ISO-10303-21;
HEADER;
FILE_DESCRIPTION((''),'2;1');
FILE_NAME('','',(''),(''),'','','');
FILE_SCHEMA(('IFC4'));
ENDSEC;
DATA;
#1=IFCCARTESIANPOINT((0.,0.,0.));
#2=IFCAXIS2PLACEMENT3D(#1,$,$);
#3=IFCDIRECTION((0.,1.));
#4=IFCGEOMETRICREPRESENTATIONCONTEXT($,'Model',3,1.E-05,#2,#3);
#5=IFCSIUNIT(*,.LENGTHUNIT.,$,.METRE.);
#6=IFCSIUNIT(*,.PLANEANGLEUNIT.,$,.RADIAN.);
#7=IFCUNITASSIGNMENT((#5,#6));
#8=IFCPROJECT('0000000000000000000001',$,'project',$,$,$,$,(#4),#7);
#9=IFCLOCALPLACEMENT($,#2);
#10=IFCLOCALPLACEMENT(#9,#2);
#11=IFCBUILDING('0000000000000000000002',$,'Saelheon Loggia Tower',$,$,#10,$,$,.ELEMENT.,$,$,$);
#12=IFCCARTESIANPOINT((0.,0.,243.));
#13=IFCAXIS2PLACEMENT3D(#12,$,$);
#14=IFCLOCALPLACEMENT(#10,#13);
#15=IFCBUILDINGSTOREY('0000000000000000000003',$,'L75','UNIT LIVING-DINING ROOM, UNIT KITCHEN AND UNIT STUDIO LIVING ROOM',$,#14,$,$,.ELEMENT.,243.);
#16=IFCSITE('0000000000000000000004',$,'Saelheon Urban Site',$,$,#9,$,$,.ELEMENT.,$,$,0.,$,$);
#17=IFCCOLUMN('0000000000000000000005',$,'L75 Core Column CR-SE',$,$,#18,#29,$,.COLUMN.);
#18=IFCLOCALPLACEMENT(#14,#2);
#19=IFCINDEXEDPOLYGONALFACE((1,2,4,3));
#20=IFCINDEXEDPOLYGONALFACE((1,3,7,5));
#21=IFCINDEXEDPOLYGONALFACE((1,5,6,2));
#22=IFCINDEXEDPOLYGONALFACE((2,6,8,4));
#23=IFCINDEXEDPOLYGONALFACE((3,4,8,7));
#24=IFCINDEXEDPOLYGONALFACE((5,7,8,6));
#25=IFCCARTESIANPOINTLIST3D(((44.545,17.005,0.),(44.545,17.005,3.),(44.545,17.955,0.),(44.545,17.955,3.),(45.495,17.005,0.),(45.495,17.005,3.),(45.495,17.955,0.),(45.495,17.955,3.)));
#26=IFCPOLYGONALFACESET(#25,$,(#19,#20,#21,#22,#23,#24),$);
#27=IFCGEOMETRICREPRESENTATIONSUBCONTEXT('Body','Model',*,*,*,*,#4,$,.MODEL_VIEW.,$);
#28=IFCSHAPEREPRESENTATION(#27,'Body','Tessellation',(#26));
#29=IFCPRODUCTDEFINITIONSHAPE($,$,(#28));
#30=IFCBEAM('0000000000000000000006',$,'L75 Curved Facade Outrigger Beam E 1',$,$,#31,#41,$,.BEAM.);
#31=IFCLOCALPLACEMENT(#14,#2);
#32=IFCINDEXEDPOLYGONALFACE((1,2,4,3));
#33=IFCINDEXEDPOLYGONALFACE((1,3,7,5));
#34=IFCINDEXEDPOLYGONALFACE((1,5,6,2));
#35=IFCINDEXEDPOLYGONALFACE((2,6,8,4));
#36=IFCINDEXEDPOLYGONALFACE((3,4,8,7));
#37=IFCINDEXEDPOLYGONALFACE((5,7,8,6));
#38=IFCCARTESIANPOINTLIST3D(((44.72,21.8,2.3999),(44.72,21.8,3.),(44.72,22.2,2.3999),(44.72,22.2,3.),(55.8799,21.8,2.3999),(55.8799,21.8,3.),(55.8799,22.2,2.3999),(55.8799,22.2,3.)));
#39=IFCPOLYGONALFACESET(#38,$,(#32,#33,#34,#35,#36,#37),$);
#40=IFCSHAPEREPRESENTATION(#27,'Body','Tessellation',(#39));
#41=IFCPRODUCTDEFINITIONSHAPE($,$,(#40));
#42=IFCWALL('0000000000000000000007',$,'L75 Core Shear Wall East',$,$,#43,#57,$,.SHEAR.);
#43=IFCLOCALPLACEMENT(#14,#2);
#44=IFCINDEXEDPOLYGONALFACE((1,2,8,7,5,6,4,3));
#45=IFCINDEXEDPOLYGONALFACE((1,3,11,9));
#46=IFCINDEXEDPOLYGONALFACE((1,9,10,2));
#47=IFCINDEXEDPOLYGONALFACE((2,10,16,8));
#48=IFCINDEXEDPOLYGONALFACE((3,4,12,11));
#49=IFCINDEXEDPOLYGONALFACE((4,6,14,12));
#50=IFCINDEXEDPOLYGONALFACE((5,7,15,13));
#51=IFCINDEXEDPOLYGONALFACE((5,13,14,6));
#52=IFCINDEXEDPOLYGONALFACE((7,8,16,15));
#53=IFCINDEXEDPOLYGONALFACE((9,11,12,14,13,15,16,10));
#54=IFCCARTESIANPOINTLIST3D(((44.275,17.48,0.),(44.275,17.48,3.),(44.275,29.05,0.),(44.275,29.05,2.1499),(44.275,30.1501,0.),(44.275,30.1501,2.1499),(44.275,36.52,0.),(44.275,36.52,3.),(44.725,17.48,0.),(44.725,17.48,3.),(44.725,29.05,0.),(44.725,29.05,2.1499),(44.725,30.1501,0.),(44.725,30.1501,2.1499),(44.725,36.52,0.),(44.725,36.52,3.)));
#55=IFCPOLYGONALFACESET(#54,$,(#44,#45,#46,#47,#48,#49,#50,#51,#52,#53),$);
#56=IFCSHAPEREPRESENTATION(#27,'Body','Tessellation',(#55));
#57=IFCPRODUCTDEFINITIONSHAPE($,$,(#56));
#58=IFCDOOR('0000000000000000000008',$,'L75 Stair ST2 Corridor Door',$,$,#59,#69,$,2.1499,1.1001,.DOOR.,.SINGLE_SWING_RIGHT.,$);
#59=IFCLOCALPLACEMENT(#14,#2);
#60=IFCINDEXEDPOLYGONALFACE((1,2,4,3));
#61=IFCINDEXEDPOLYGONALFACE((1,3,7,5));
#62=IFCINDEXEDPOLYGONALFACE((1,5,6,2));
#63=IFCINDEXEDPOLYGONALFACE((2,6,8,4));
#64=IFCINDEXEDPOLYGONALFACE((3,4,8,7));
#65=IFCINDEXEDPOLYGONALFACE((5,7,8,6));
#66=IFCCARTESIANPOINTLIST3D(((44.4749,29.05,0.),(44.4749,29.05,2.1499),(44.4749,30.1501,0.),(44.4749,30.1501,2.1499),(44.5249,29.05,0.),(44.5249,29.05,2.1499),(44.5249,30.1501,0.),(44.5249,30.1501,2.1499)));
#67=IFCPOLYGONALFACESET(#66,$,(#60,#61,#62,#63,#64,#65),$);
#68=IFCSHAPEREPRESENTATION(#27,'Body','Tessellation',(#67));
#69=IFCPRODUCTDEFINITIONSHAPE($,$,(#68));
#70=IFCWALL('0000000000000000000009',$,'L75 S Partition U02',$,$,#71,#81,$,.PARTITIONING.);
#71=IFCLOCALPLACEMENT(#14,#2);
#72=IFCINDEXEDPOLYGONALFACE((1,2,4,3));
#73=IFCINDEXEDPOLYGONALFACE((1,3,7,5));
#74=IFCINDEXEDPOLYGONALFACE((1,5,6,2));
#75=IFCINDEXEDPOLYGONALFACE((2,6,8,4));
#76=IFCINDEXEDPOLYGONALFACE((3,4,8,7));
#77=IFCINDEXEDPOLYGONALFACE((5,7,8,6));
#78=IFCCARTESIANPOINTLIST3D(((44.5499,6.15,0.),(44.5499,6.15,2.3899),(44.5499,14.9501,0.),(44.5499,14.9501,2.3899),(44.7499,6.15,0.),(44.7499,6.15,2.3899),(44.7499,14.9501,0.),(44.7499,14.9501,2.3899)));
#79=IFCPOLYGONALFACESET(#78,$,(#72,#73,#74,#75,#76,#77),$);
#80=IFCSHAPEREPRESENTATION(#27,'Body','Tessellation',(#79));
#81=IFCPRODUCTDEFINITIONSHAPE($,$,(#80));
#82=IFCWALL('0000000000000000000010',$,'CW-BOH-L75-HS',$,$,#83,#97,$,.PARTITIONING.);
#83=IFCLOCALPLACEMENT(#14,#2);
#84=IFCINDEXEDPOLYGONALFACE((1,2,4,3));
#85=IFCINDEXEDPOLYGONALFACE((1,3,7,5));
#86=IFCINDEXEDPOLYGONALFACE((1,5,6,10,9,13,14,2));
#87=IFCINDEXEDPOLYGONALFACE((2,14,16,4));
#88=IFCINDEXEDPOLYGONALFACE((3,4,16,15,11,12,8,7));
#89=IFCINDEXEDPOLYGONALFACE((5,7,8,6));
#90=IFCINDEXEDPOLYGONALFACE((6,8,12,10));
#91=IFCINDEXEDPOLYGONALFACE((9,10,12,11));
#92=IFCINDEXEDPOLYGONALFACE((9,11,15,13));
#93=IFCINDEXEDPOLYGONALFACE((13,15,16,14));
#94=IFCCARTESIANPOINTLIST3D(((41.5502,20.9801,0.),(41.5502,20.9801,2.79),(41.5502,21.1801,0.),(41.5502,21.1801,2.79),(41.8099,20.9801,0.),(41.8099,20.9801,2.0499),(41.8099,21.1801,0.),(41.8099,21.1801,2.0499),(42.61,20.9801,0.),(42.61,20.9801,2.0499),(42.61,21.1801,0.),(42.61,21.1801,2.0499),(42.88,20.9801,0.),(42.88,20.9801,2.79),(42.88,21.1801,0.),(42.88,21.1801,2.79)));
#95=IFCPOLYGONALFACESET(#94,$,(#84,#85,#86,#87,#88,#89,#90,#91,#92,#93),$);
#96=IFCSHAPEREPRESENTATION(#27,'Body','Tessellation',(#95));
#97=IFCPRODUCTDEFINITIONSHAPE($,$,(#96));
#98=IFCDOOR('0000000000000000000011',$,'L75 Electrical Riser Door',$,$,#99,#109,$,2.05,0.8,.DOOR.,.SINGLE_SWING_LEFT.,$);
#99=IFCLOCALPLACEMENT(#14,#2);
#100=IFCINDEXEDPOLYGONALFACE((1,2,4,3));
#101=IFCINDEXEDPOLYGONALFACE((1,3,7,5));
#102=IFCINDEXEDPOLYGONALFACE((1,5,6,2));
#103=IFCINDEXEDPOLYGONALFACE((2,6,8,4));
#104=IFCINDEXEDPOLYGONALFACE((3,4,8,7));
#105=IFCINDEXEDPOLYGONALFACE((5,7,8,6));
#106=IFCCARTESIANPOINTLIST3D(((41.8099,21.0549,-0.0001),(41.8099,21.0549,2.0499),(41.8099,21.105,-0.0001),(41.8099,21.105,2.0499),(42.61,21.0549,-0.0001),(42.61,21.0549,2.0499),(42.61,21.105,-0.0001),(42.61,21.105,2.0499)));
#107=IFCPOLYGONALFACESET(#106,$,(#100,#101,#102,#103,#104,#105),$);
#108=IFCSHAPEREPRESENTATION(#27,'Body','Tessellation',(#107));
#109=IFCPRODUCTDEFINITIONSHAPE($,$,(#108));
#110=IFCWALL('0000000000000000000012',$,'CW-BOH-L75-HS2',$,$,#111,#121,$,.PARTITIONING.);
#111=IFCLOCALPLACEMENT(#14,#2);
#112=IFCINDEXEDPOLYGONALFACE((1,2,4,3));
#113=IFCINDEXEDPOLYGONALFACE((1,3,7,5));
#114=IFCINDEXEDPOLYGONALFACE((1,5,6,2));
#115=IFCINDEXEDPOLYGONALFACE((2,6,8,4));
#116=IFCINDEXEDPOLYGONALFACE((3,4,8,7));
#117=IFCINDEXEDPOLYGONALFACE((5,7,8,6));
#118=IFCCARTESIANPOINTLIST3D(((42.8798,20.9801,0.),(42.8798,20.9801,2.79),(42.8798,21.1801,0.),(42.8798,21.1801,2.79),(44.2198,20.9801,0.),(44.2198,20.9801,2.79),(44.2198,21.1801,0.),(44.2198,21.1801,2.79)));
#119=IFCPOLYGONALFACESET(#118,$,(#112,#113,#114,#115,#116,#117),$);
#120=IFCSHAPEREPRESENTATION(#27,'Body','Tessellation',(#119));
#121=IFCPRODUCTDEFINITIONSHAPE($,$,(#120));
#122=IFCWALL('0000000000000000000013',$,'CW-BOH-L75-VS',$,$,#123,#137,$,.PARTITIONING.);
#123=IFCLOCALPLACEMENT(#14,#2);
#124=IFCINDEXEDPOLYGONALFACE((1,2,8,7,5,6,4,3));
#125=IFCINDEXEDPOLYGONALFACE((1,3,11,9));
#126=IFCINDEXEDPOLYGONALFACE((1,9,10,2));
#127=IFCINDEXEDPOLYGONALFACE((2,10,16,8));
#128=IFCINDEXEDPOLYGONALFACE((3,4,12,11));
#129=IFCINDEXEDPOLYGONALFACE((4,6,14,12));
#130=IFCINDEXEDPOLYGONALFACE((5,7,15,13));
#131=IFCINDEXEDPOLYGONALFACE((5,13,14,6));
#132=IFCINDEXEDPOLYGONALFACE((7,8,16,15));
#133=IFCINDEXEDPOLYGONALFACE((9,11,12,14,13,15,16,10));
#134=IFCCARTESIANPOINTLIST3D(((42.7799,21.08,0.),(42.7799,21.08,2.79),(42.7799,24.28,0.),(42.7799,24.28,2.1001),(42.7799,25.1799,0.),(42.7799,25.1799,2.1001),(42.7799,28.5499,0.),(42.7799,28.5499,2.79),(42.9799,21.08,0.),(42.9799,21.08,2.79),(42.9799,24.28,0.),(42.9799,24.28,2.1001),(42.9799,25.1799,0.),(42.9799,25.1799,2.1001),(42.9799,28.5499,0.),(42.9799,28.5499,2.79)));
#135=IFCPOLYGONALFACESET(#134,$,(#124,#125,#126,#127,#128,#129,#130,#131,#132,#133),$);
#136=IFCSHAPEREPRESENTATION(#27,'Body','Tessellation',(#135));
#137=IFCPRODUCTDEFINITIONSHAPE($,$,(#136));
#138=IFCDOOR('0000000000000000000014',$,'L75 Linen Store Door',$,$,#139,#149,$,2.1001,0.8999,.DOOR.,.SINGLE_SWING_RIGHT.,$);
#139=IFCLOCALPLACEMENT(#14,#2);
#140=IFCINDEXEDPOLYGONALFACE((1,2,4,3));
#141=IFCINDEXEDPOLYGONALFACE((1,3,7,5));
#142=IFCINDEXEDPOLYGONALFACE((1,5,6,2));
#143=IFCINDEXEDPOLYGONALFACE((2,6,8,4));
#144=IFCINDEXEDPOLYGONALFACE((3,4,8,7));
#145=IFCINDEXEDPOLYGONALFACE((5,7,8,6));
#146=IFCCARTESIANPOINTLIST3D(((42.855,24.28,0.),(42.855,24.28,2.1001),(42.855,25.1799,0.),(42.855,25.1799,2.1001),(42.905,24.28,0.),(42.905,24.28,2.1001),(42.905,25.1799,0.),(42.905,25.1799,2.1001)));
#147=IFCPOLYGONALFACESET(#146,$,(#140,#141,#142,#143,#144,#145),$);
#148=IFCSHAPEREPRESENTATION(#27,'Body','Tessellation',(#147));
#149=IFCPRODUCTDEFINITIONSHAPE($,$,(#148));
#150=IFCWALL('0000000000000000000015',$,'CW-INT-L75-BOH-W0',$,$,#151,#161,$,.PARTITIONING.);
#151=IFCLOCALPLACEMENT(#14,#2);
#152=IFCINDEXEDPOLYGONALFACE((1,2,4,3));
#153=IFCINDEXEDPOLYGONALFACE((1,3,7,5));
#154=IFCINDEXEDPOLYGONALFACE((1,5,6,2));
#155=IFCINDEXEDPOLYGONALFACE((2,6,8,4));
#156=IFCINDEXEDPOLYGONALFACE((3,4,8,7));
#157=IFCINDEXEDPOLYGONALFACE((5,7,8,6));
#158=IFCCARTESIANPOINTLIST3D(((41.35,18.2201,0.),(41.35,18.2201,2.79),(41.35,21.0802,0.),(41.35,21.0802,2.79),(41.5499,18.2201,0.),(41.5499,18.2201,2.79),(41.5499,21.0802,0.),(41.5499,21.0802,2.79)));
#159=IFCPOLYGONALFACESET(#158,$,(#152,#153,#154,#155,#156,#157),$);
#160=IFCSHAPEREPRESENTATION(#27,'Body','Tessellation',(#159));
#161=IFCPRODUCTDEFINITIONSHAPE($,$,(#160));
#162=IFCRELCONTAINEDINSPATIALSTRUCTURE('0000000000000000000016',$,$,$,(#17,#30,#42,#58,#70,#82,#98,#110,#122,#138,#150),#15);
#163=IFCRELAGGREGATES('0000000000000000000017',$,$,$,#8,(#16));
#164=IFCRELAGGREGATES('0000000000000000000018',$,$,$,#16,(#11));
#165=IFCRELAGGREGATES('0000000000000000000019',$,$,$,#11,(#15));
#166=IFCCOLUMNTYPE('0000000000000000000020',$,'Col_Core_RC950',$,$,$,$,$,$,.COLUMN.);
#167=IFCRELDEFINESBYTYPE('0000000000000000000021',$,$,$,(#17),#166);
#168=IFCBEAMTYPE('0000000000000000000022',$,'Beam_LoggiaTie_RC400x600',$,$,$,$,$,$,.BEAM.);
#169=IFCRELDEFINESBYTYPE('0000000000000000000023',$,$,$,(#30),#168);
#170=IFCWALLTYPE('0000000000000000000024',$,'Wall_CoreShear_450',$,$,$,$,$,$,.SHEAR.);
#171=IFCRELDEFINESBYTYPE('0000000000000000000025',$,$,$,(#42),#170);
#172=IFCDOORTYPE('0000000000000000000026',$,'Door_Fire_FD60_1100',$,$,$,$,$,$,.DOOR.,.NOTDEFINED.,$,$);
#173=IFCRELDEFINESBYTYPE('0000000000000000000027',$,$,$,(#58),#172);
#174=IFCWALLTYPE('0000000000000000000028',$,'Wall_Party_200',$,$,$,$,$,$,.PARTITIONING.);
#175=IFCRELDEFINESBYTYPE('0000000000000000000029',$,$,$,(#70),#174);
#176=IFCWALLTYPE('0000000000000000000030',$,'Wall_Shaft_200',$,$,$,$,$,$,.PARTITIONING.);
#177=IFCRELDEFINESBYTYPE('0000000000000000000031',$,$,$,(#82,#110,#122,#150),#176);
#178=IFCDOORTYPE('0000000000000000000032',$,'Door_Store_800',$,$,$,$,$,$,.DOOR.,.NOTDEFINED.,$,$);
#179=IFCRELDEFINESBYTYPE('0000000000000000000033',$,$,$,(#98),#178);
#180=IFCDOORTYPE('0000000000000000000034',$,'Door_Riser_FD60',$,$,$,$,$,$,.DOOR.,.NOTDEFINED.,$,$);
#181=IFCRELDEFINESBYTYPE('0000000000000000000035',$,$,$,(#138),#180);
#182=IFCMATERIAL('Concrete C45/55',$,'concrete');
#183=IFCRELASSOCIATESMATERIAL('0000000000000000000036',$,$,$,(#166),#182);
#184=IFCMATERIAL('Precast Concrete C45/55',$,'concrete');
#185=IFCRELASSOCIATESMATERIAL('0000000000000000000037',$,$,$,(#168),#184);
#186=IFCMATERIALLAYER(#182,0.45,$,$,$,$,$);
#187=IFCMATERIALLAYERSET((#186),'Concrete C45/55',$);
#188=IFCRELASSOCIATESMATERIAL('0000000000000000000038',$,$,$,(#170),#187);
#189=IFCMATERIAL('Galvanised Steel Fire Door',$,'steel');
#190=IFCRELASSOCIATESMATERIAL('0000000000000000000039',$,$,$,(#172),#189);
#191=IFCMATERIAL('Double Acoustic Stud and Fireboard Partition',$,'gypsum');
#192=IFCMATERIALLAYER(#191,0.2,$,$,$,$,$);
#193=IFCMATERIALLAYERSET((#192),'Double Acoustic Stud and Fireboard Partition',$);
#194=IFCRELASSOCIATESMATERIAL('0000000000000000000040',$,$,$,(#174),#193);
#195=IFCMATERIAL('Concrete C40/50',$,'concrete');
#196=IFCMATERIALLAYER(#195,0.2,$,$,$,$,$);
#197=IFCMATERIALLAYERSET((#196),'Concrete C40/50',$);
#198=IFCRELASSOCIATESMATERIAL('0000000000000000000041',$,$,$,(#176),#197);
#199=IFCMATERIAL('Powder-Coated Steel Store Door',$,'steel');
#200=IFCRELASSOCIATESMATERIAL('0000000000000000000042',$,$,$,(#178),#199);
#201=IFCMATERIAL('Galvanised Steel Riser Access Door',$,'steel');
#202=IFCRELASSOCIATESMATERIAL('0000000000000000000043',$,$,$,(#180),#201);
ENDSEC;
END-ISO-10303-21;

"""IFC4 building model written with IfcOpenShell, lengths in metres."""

from ifc_helpers import new_model, si_unit, direction, frame, frame_2d, origin, origin_2d, place, context, subcontext, project, spatial, rectangle, extrude, source, transform, mapped, material, layer, layer_set, material_profile, profile_set, type_object, element, fill, save


model = new_model("IFC4")

# Units and contexts
model_context = context("Model", 3, precision=1e-05, world=origin(), true_north=direction((0.0, 1.0)))
body_context = subcontext(model_context, "Body", "Model", "MODEL_VIEW")
ifc_project = project(units=[si_unit("LENGTHUNIT", "METRE"), si_unit("PLANEANGLEUNIT", "RADIAN")], contexts=[model_context])

# Site, building, storey
site_placement = place(None, origin())
site = spatial("IfcSite", under=ifc_project, at=site_placement, Name="Saelheon Urban Site", CompositionType="ELEMENT", RefElevation=0.0)
building_placement = place(site_placement, origin())
building = spatial("IfcBuilding", under=site, at=building_placement, Name="Saelheon Loggia Tower", CompositionType="ELEMENT")
storey_placement = place(building_placement, frame((0.0, 0.0, 243.0)))
storey = spatial("IfcBuildingStorey", under=building, at=storey_placement, Name="L75", Description="UNIT LIVING-DINING ROOM, UNIT KITCHEN AND UNIT STUDIO LIVING ROOM", CompositionType="ELEMENT", Elevation=243.0)

# Column
ifc_material_1 = material(Name="Concrete C45/55", Category="concrete")
ifc_material_profile_1 = material_profile(ifc_material_1, rectangle(XDim=0.95, YDim=0.95, at=origin_2d()), Name="RC-950x950")
ifc_profile_set_1 = profile_set([ifc_material_profile_1], Name="Concrete C45/55")
column_type = type_object("IfcColumnType", Name="Col_Core_RC950", PredefinedType="COLUMN", material=ifc_profile_set_1)
shared_shape_1 = source(origin(), body_context, "Body", "SweptSolid", [
    extrude(rectangle(XDim=0.95, YDim=0.95, at=origin_2d()), origin(), (0.0, 0.0, 1.0), 3.0),
])
column_placement = place(storey_placement, frame((45.02, 17.48, 0.0), z_axis=(0.0, 0.0, 1.0), x_axis=(1.0, 0.0, 0.0)))
element("IfcColumn", 1, at=column_placement, inside=storey, type_object=column_type, Name="L75 Core Column CR-SE", PredefinedType="COLUMN", context=body_context, shape_type="MappedRepresentation", body=[
    mapped(shared_shape_1, transform((0.0, 0.0, 0.0), scale=1.0)),
])

# Beam
ifc_material_2 = material(Name="Precast Concrete C45/55", Category="concrete")
ifc_material_profile_2 = material_profile(ifc_material_2, rectangle(XDim=0.3999, YDim=0.6001, at=origin_2d()), Name="RC-400x600")
ifc_profile_set_2 = profile_set([ifc_material_profile_2], Name="Precast Concrete C45/55")
beam_type = type_object("IfcBeamType", Name="Beam_LoggiaTie_RC400x600", PredefinedType="BEAM", material=ifc_profile_set_2)
shared_shape_2 = source(origin(), body_context, "Body", "SweptSolid", [
    extrude(rectangle(XDim=0.3999, YDim=0.6001, at=origin_2d()), origin(), (0.0, 0.0, 1.0), 11.1599),
])
beam_placement = place(storey_placement, frame((44.72, 22.0, 2.7), z_axis=(1.0, 0.0, 0.0), x_axis=(0.0, 1.0, 0.0)))
element("IfcBeam", 2, at=beam_placement, inside=storey, type_object=beam_type, Name="L75 Curved Facade Outrigger Beam E 1", PredefinedType="BEAM", context=body_context, shape_type="MappedRepresentation", body=[
    mapped(shared_shape_2, transform((0.0, 0.0, 0.0), scale=1.0)),
])

# Wall, opening, door
ifc_layer_1 = layer(ifc_material_1, 0.45)
ifc_layer_set_1 = layer_set([ifc_layer_1], Name="Concrete C45/55")
wall_type_1 = type_object("IfcWallType", Name="Wall_CoreShear_450", PredefinedType="SHEAR", material=ifc_layer_set_1)
wall_1_placement = place(storey_placement, frame((44.5, 17.48, 0.0), z_axis=(0.0, 0.0, 1.0), x_axis=(0.0, 1.0, 0.0)))
wall_1 = element("IfcWall", 3, at=wall_1_placement, inside=storey, type_object=wall_type_1, Name="L75 Core Shear Wall East", PredefinedType="SHEAR", context=body_context, shape_type="SweptSolid", body=[
    extrude(rectangle(XDim=19.04, YDim=0.45, at=frame_2d((9.52, 0.0))), origin(), (0.0, 0.0, 1.0), 3.0),
])
opening_1_placement = place(wall_1_placement, frame((12.6702, 0.0, 0.0), z_axis=(0.0, 0.0, 1.0), x_axis=(-1.0, 0.0, 0.0)))
opening_1 = element("IfcOpeningElement", 4, at=opening_1_placement, cuts=wall_1, PredefinedType="OPENING", context=body_context, shape_type="SweptSolid", body=[
    extrude(rectangle(XDim=1.1001, YDim=2.1499, at=frame_2d((0.55, 1.075))), frame((0.0, 0.2371, 0.0), z_axis=(0.0, -1.0, 0.0), x_axis=(1.0, 0.0, 0.0)), (0.0, 0.0, 1.0), 0.4739),
])
ifc_material_3 = material(Name="Galvanised Steel Fire Door", Category="steel")
door_type_1 = type_object("IfcDoorType", Name="Door_Fire_FD60_1100", OperationType="NOTDEFINED", PredefinedType="DOOR", material=ifc_material_3)
shared_shape_3 = source(origin(), body_context, "Body", "SweptSolid", [
    extrude(rectangle(XDim=1.1001, YDim=2.1499, at=frame_2d((0.55, 1.075))), frame((0.0, 0.0249, 0.0), z_axis=(0.0, -1.0, 0.0), x_axis=(1.0, 0.0, 0.0)), (0.0, 0.0, 1.0), 0.05),
])
door_1_placement = place(opening_1_placement, origin())
door_1 = element("IfcDoor", 5, at=door_1_placement, inside=storey, type_object=door_type_1, Name="L75 Stair ST2 Corridor Door", OperationType="SINGLE_SWING_RIGHT", OverallHeight=2.1499, OverallWidth=1.1001, PredefinedType="DOOR", context=body_context, shape_type="MappedRepresentation", body=[
    mapped(shared_shape_3, transform((0.0, 0.0, 0.0), scale=1.0)),
])
fill(opening_1, door_1)

# Wall
ifc_material_4 = material(Name="Double Acoustic Stud and Fireboard Partition", Category="gypsum")
ifc_layer_2 = layer(ifc_material_4, 0.2)
ifc_layer_set_2 = layer_set([ifc_layer_2], Name="Double Acoustic Stud and Fireboard Partition")
wall_type_2 = type_object("IfcWallType", Name="Wall_Party_200", PredefinedType="PARTITIONING", material=ifc_layer_set_2)
wall_2_placement = place(storey_placement, frame((44.6499, 14.95, 0.0), z_axis=(0.0, 0.0, 1.0), x_axis=(0.0, -1.0, 0.0)))
element("IfcWall", 6, at=wall_2_placement, inside=storey, type_object=wall_type_2, Name="L75 S Partition U02", PredefinedType="PARTITIONING", context=body_context, shape_type="SweptSolid", body=[
    extrude(rectangle(XDim=8.8, YDim=0.2, at=frame_2d((4.3999, 0.0))), origin(), (0.0, 0.0, 1.0), 2.3899),
])

# Wall, opening, door
ifc_material_5 = material(Name="Concrete C40/50", Category="concrete")
ifc_layer_3 = layer(ifc_material_5, 0.2)
ifc_layer_set_3 = layer_set([ifc_layer_3], Name="Concrete C40/50")
wall_type_3 = type_object("IfcWallType", Name="Wall_Shaft_200", PredefinedType="PARTITIONING", material=ifc_layer_set_3)
wall_3_placement = place(storey_placement, frame((41.55, 21.0801, 0.0), z_axis=(0.0, 0.0, 1.0), x_axis=(1.0, 0.0, 0.0)))
wall_3 = element("IfcWall", 7, at=wall_3_placement, inside=storey, type_object=wall_type_3, Name="CW-BOH-L75-HS", PredefinedType="PARTITIONING", context=body_context, shape_type="SweptSolid", body=[
    extrude(rectangle(XDim=1.3298, YDim=0.2, at=frame_2d((0.665, 0.0))), origin(), (0.0, 0.0, 1.0), 2.79),
])
opening_2_placement = place(wall_3_placement, frame((0.26, 0.0, 0.0)))
opening_2 = element("IfcOpeningElement", 8, at=opening_2_placement, cuts=wall_3, PredefinedType="OPENING", context=body_context, shape_type="SweptSolid", body=[
    extrude(rectangle(XDim=0.8, YDim=2.05, at=frame_2d((0.3999, 1.0249))), frame((0.0, 0.1121, 0.0), z_axis=(0.0, -1.0, 0.0), x_axis=(1.0, 0.0, 0.0)), (0.0, 0.0, 1.0), 0.2239),
])
ifc_material_6 = material(Name="Powder-Coated Steel Store Door", Category="steel")
door_type_2 = type_object("IfcDoorType", Name="Door_Store_800", OperationType="NOTDEFINED", PredefinedType="DOOR", material=ifc_material_6)
shared_shape_4 = source(origin(), body_context, "Body", "SweptSolid", [
    extrude(rectangle(XDim=0.8, YDim=2.05, at=frame_2d((0.3999, 1.0249))), frame((0.0, 0.0249, 0.0), z_axis=(0.0, -1.0, 0.0), x_axis=(1.0, 0.0, 0.0)), (0.0, 0.0, 1.0), 0.05),
])
door_2_placement = place(opening_2_placement, origin())
door_2 = element("IfcDoor", 9, at=door_2_placement, inside=storey, type_object=door_type_2, Name="L75 Electrical Riser Door", OperationType="SINGLE_SWING_LEFT", OverallHeight=2.05, OverallWidth=0.8, PredefinedType="DOOR", context=body_context, shape_type="MappedRepresentation", body=[
    mapped(shared_shape_4, transform((0.0, 0.0, 0.0), scale=1.0)),
])
fill(opening_2, door_2)

# Wall
wall_4_placement = place(storey_placement, frame((42.8799, 21.0801, 0.0), z_axis=(0.0, 0.0, 1.0), x_axis=(1.0, 0.0, 0.0)))
element("IfcWall", 10, at=wall_4_placement, inside=storey, type_object=wall_type_3, Name="CW-BOH-L75-HS2", PredefinedType="PARTITIONING", context=body_context, shape_type="SweptSolid", body=[
    extrude(rectangle(XDim=1.3401, YDim=0.2, at=frame_2d((0.6699, 0.0))), origin(), (0.0, 0.0, 1.0), 2.79),
])

# Wall, opening, door
wall_5_placement = place(storey_placement, frame((42.8799, 21.0801, 0.0), z_axis=(0.0, 0.0, 1.0), x_axis=(0.0, 1.0, 0.0)))
wall_5 = element("IfcWall", 11, at=wall_5_placement, inside=storey, type_object=wall_type_3, Name="CW-BOH-L75-VS", PredefinedType="PARTITIONING", context=body_context, shape_type="SweptSolid", body=[
    extrude(rectangle(XDim=7.47, YDim=0.2, at=frame_2d((3.7349, 0.0))), origin(), (0.0, 0.0, 1.0), 2.79),
])
opening_3_placement = place(wall_5_placement, frame((3.2, 0.0, 0.0)))
opening_3 = element("IfcOpeningElement", 12, at=opening_3_placement, cuts=wall_5, PredefinedType="OPENING", context=body_context, shape_type="SweptSolid", body=[
    extrude(rectangle(XDim=0.8999, YDim=2.1001, at=frame_2d((0.45, 1.05))), frame((0.0, 0.1121, 0.0), z_axis=(0.0, -1.0, 0.0), x_axis=(1.0, 0.0, 0.0)), (0.0, 0.0, 1.0), 0.2239),
])
ifc_material_7 = material(Name="Galvanised Steel Riser Access Door", Category="steel")
door_type_3 = type_object("IfcDoorType", Name="Door_Riser_FD60", OperationType="NOTDEFINED", PredefinedType="DOOR", material=ifc_material_7)
shared_shape_5 = source(origin(), body_context, "Body", "SweptSolid", [
    extrude(rectangle(XDim=0.8999, YDim=2.1001, at=frame_2d((0.45, 1.05))), frame((0.0, 0.0249, 0.0), z_axis=(0.0, -1.0, 0.0), x_axis=(1.0, 0.0, 0.0)), (0.0, 0.0, 1.0), 0.05),
])
door_3_placement = place(opening_3_placement, origin())
door_3 = element("IfcDoor", 13, at=door_3_placement, inside=storey, type_object=door_type_3, Name="L75 Linen Store Door", OperationType="SINGLE_SWING_RIGHT", OverallHeight=2.1001, OverallWidth=0.8999, PredefinedType="DOOR", context=body_context, shape_type="MappedRepresentation", body=[
    mapped(shared_shape_5, transform((0.0, 0.0, 0.0), scale=1.0)),
])
fill(opening_3, door_3)

# Wall
wall_6_placement = place(storey_placement, frame((41.45, 18.22, 0.0), z_axis=(0.0, 0.0, 1.0), x_axis=(0.0, 1.0, 0.0)))
element("IfcWall", 14, at=wall_6_placement, inside=storey, type_object=wall_type_3, Name="CW-INT-L75-BOH-W0", PredefinedType="PARTITIONING", context=body_context, shape_type="SweptSolid", body=[
    extrude(rectangle(XDim=2.8601, YDim=0.2, at=frame_2d((1.4302, 0.0))), origin(), (0.0, 0.0, 1.0), 2.79),
])

save(model, "model.ifc")
